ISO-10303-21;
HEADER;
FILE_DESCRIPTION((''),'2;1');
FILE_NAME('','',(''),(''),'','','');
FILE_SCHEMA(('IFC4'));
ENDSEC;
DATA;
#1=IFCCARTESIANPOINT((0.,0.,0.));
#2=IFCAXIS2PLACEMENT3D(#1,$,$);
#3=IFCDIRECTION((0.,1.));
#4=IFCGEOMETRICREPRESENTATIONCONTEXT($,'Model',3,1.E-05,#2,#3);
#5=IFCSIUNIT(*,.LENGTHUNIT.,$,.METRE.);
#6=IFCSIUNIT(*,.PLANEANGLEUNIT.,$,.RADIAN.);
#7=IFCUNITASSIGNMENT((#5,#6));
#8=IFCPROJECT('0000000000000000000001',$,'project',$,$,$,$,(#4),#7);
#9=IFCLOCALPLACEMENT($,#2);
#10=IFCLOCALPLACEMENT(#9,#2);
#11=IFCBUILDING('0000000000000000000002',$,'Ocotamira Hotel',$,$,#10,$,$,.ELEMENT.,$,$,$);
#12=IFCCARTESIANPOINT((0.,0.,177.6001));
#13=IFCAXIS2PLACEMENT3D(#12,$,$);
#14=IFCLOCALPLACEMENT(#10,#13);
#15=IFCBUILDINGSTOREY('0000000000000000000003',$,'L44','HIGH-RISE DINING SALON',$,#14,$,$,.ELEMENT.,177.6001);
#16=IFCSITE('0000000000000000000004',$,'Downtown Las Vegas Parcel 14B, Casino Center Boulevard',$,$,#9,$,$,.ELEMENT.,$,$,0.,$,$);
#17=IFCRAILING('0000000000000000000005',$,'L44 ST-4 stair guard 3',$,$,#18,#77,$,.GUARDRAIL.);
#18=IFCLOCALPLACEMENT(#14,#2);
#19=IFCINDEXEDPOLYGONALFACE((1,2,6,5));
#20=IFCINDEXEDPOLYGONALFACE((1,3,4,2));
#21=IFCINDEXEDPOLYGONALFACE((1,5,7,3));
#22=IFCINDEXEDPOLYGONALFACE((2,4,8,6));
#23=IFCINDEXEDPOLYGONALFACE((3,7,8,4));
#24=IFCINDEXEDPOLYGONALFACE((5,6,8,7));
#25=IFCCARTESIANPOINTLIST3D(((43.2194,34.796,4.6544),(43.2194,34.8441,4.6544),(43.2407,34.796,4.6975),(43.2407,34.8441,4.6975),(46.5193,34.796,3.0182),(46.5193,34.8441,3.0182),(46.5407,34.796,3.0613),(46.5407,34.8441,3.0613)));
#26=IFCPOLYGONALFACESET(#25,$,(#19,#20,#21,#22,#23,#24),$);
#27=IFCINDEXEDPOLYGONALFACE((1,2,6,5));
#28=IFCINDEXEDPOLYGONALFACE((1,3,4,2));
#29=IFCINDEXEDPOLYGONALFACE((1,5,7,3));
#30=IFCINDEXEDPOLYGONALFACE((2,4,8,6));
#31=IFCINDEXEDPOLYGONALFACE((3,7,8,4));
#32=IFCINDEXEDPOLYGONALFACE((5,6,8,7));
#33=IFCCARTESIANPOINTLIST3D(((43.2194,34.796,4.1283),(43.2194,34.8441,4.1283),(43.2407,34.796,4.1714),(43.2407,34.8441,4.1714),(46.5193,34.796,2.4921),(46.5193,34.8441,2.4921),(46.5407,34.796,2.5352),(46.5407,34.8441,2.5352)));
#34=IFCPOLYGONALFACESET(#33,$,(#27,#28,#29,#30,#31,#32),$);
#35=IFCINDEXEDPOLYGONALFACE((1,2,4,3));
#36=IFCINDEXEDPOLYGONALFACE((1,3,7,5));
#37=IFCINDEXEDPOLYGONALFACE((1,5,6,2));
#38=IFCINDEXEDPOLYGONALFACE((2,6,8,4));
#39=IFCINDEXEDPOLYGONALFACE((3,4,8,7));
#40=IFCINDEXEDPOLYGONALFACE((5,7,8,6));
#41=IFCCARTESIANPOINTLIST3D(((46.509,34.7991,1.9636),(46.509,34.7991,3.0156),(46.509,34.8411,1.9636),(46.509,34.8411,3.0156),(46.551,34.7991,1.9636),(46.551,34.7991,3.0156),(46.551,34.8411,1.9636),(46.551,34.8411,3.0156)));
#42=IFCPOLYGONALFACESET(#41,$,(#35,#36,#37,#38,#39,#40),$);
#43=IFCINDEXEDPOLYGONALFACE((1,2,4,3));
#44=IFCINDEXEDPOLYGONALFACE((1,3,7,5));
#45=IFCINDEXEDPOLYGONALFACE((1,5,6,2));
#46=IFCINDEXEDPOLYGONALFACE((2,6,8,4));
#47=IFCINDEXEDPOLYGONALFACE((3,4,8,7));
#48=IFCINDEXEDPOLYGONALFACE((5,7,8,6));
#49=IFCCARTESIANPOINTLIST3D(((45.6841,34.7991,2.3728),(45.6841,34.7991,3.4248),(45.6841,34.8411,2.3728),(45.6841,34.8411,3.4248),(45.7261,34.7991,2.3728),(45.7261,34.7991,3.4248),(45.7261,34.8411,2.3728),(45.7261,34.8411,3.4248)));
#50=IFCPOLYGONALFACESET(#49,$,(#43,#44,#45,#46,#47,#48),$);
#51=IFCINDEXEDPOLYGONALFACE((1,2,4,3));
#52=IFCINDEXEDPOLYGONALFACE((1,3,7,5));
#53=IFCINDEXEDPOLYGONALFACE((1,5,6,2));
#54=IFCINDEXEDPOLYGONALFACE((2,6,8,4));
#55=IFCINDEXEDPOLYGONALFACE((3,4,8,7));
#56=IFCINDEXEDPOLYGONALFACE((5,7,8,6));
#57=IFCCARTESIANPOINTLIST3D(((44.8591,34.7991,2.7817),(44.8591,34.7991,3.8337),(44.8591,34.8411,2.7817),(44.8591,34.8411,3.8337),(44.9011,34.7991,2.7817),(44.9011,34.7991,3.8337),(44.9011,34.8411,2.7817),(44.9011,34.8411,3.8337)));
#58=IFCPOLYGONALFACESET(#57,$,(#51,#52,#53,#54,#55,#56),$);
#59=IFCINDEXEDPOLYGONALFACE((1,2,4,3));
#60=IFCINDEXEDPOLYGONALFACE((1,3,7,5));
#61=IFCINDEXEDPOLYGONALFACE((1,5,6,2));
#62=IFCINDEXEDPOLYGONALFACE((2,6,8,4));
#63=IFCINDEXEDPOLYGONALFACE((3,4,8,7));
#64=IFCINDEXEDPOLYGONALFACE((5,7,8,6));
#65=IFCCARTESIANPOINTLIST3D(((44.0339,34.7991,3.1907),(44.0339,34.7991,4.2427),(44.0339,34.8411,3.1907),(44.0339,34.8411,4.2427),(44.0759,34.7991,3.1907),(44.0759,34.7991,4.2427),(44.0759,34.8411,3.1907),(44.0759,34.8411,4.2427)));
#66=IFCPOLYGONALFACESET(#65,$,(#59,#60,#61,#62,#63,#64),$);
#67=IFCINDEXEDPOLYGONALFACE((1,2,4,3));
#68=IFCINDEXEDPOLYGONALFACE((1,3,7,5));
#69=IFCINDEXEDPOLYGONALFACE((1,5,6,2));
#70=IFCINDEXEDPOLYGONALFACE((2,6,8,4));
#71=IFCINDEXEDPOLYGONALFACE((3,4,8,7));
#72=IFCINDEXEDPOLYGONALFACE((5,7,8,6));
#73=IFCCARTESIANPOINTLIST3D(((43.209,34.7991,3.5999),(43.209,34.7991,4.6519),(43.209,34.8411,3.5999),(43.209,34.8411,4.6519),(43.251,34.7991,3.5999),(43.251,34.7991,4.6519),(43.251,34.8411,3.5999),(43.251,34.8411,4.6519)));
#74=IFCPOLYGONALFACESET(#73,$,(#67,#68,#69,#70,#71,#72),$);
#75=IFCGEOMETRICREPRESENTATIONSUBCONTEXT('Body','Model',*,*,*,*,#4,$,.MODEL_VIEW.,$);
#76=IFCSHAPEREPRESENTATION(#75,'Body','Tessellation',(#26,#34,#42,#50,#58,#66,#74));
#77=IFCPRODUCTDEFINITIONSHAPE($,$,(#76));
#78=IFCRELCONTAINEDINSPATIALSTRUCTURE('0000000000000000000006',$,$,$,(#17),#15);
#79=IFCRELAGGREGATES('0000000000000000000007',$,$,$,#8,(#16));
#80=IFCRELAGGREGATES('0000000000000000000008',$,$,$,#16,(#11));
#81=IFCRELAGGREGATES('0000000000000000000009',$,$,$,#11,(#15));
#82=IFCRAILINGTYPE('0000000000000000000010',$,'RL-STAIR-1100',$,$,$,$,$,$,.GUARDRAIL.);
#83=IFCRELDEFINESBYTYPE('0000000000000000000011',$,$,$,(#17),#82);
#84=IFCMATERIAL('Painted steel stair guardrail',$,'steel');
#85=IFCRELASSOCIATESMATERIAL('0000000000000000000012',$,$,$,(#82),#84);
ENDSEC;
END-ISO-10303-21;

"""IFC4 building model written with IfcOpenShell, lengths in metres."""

from ifc_helpers import new_model, si_unit, direction, frame, origin, origin_2d, place, context, subcontext, project, spatial, rectangle, extrude, material, type_object, element, save


model = new_model("IFC4")

# Units and contexts
model_context = context("Model", 3, precision=1e-05, world=origin(), true_north=direction((0.0, 1.0)))
body_context = subcontext(model_context, "Body", "Model", "MODEL_VIEW")
ifc_project = project(units=[si_unit("LENGTHUNIT", "METRE"), si_unit("PLANEANGLEUNIT", "RADIAN")], contexts=[model_context])

# Site, building, storey
site_placement = place(None, origin())
site = spatial("IfcSite", under=ifc_project, at=site_placement, Name="Downtown Las Vegas Parcel 14B, Casino Center Boulevard", CompositionType="ELEMENT", RefElevation=0.0)
building_placement = place(site_placement, origin())
building = spatial("IfcBuilding", under=site, at=building_placement, Name="Ocotamira Hotel", CompositionType="ELEMENT")
storey_placement = place(building_placement, frame((0.0, 0.0, 177.6001)))
storey = spatial("IfcBuildingStorey", under=building, at=storey_placement, Name="L44", Description="HIGH-RISE DINING SALON", CompositionType="ELEMENT", Elevation=177.6001)

# Railing
ifc_material_1 = material(Name="Painted steel stair guardrail", Category="steel")
railing_type_1 = type_object("IfcRailingType", Name="RL-STAIR-1100", PredefinedType="GUARDRAIL", material=ifc_material_1)
railing_1_placement = place(storey_placement, frame((46.53, 34.8201, 1.9636)))
element("IfcRailing", 1, at=railing_1_placement, inside=storey, type_object=railing_type_1, Name="L44 ST-4 stair guard 3", PredefinedType="GUARDRAIL", context=body_context, shape_type="SweptSolid", body=[
    extrude(rectangle(XDim=0.0481, YDim=0.0481, at=origin_2d()), frame((0.0, 0.0, 1.0762), z_axis=(-0.89592, 0.0, 0.444215), x_axis=(0.0, -1.0, 0.0)), (0.0, 0.0, 1.0), 3.6833),
    extrude(rectangle(XDim=0.0481, YDim=0.0481, at=origin_2d()), frame((0.0, 0.0, 0.55), z_axis=(-0.89592, 0.0, 0.444215), x_axis=(0.0, -1.0, 0.0)), (0.0, 0.0, 1.0), 3.6833),
    extrude(rectangle(XDim=0.042, YDim=0.042, at=origin_2d()), origin(), (0.0, 0.0, 1.0), 1.052),
    extrude(rectangle(XDim=0.042, YDim=0.042, at=origin_2d()), frame((-0.825, 0.0, 0.4092)), (0.0, 0.0, 1.0), 1.052),
    extrude(rectangle(XDim=0.042, YDim=0.042, at=origin_2d()), frame((-1.6499, 0.0, 0.8181)), (0.0, 0.0, 1.0), 1.052),
    extrude(rectangle(XDim=0.042, YDim=0.042, at=origin_2d()), frame((-2.4751, 0.0, 1.2271)), (0.0, 0.0, 1.0), 1.052),
    extrude(rectangle(XDim=0.042, YDim=0.042, at=origin_2d()), frame((-3.3, 0.0, 1.6362)), (0.0, 0.0, 1.0), 1.052),
])

save(model, "model.ifc")
